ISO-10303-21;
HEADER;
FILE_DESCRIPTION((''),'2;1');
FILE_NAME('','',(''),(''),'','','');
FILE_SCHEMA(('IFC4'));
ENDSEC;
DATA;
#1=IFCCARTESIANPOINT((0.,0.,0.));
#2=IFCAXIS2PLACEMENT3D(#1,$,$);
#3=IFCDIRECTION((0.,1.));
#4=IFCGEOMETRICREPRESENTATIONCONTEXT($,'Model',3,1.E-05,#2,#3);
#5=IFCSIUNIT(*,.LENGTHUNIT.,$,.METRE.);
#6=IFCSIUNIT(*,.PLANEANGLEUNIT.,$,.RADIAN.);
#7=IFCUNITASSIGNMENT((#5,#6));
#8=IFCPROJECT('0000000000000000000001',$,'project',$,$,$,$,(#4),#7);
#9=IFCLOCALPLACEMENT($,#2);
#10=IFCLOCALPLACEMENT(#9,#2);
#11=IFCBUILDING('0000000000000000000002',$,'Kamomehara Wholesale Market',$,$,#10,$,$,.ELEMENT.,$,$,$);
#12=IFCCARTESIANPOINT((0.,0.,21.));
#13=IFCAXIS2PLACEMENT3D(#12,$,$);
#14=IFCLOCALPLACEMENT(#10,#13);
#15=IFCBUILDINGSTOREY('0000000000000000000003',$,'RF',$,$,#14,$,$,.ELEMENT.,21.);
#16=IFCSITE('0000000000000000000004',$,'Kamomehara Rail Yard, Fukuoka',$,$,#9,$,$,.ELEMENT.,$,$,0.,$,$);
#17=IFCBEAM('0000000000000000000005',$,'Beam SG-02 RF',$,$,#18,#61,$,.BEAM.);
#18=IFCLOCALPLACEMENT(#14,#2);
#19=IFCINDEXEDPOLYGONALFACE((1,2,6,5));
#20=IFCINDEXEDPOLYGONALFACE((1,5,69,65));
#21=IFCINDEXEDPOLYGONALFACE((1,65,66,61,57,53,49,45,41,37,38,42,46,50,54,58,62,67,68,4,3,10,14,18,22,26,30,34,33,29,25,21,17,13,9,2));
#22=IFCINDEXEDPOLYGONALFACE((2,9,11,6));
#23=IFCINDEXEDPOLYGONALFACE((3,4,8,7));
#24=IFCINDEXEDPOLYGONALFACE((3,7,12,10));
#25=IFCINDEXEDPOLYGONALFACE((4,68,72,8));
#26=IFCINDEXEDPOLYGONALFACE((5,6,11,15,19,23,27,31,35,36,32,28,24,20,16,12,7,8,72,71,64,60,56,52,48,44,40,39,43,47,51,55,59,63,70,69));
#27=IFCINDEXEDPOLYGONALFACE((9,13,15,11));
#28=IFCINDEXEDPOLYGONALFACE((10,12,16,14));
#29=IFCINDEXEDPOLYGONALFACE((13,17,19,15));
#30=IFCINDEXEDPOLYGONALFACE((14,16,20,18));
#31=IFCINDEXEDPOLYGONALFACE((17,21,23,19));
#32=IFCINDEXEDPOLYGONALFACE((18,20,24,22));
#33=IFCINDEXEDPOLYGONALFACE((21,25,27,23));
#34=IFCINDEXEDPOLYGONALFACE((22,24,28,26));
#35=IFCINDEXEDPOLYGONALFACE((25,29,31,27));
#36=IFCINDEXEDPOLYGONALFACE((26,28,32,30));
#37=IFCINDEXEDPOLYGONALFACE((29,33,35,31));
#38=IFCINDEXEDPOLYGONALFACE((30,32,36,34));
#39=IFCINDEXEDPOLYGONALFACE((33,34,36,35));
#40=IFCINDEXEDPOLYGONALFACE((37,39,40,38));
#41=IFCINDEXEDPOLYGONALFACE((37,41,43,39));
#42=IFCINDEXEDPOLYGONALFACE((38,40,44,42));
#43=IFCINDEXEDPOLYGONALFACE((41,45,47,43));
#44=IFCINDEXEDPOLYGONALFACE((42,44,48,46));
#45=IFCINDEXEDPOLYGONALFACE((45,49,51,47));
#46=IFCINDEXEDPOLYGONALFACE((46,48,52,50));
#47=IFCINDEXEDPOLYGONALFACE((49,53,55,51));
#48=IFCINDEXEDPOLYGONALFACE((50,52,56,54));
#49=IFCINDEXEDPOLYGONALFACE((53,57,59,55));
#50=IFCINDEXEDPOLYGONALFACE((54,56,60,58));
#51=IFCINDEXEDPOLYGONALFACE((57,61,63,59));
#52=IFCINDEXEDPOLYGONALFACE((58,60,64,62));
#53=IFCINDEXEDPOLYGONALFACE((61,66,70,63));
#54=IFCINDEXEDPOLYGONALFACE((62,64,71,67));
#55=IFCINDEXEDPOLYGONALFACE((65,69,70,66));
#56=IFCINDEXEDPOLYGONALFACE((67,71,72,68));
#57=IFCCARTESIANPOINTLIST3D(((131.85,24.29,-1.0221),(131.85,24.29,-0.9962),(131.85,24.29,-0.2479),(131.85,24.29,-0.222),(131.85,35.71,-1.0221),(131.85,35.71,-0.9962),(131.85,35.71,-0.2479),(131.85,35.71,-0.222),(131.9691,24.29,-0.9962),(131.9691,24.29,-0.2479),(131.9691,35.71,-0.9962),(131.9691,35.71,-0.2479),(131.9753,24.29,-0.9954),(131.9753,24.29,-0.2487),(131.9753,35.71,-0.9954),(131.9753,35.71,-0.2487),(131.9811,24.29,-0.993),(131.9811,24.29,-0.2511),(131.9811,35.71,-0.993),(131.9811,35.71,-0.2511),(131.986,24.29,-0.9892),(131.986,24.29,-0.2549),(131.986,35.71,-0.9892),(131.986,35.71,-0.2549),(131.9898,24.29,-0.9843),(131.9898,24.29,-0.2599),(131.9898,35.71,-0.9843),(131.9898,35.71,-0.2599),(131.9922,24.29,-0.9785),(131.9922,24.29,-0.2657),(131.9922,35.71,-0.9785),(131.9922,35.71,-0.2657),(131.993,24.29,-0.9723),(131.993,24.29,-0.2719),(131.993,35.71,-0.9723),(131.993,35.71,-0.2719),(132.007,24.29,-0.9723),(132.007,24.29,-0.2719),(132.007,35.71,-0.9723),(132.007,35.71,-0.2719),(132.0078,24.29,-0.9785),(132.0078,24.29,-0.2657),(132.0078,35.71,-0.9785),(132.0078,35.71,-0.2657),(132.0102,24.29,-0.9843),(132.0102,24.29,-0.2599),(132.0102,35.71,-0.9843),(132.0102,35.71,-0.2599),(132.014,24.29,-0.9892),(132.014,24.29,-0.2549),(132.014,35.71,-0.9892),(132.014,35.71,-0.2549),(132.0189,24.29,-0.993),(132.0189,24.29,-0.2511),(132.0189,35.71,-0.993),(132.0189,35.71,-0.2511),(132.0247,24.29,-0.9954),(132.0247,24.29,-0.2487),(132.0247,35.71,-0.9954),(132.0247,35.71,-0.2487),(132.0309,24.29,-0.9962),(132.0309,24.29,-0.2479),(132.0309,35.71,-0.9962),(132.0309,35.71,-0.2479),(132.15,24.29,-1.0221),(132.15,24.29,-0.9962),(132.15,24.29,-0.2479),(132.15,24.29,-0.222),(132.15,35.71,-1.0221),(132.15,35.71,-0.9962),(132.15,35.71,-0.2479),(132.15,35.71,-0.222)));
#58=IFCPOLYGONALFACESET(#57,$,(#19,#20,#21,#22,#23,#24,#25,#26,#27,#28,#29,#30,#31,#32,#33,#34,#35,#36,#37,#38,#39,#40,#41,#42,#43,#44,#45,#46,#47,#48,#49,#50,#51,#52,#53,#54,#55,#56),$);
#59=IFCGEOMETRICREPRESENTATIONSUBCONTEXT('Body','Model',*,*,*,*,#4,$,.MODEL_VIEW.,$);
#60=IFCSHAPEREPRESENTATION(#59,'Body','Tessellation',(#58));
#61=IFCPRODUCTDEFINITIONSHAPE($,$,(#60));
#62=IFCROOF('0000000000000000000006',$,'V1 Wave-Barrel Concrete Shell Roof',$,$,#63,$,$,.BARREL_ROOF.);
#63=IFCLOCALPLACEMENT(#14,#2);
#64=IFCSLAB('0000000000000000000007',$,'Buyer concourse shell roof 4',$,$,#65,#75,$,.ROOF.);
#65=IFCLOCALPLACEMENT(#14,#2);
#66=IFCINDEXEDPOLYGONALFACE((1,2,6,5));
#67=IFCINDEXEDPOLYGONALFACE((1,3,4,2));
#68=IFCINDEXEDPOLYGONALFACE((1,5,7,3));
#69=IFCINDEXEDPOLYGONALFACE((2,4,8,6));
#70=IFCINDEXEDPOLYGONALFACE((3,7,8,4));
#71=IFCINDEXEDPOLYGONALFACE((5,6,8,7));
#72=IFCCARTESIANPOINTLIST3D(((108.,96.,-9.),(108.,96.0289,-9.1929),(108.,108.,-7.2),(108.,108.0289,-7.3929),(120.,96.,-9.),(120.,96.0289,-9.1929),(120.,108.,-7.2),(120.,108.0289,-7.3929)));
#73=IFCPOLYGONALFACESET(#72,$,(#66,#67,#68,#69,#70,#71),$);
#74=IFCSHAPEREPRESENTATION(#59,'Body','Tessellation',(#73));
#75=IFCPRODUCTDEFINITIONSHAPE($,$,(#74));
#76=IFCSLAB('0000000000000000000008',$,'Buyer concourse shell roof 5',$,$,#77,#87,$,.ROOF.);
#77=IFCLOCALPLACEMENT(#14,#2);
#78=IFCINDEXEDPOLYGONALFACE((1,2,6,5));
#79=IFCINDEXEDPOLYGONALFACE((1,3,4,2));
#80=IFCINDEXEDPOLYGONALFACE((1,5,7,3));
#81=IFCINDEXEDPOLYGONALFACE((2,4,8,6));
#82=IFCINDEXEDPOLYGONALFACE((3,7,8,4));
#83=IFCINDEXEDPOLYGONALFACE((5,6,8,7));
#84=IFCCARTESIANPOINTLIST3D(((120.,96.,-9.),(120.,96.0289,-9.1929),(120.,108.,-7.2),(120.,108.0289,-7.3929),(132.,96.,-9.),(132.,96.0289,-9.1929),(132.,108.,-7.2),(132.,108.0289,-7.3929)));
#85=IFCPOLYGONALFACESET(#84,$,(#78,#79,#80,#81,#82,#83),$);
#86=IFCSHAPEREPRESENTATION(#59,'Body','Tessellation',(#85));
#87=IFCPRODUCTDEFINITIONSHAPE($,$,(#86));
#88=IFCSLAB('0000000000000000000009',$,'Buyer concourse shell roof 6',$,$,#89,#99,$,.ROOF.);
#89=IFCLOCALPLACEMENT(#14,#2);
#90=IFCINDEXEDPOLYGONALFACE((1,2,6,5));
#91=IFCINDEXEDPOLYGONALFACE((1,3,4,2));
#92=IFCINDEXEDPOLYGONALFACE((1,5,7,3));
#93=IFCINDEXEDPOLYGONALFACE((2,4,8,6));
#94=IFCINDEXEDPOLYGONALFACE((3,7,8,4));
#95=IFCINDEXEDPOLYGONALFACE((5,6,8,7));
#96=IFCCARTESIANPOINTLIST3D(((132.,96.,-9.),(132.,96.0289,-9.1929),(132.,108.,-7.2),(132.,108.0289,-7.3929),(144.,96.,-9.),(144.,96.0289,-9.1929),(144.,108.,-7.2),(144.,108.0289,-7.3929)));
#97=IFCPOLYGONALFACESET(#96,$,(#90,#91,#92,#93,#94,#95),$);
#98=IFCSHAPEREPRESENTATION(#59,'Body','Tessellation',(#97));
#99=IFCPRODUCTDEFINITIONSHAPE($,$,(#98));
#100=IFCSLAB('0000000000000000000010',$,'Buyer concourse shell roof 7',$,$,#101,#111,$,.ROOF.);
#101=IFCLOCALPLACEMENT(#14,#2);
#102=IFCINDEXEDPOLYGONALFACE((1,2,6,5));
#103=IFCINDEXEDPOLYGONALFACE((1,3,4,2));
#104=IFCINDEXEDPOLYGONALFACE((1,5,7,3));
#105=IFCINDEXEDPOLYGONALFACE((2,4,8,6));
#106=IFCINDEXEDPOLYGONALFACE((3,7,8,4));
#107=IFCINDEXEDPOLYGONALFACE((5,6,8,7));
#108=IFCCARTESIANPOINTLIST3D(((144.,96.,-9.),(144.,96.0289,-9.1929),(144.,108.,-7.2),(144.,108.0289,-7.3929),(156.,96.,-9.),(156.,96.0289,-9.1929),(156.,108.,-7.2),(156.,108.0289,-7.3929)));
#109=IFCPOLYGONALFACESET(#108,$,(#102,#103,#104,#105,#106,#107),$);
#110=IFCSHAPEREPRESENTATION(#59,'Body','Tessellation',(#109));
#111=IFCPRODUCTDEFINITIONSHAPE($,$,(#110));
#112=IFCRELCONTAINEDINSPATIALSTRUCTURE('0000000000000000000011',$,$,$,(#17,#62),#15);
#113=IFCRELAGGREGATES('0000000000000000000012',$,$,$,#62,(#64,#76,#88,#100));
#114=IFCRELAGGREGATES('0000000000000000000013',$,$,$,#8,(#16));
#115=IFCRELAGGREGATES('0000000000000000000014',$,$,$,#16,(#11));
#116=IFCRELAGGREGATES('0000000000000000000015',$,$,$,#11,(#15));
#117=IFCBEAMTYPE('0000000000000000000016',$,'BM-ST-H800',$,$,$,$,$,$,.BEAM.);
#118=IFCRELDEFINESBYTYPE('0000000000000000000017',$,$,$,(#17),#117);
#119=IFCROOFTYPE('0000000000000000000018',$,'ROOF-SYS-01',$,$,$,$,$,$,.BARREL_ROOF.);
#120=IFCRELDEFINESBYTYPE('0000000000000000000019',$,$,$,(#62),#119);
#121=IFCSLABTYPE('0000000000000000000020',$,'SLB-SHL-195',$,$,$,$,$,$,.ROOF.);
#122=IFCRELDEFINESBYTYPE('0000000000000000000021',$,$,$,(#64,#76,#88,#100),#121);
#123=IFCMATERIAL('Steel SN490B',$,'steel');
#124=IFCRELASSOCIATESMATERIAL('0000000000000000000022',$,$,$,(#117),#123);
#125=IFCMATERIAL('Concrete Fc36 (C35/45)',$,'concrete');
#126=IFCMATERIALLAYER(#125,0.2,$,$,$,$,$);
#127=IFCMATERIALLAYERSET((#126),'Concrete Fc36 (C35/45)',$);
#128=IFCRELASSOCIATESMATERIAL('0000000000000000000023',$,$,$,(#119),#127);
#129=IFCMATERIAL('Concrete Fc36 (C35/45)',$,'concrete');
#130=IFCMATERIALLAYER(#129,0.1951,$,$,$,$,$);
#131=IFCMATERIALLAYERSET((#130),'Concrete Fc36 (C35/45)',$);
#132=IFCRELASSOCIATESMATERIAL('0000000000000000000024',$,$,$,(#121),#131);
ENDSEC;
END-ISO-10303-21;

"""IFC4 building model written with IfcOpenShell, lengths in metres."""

from ifc_helpers import new_model, si_unit, direction, frame, origin, origin_2d, place, context, subcontext, project, spatial, polyline, i_section, outline, extrude, material, layer, layer_set, material_profile, profile_set, type_object, element, aggregate, save


model = new_model("IFC4")

# Units and contexts
model_context = context("Model", 3, precision=1e-05, world=origin(), true_north=direction((0.0, 1.0)))
body_context = subcontext(model_context, "Body", "Model", "MODEL_VIEW")
ifc_project = project(units=[si_unit("LENGTHUNIT", "METRE"), si_unit("PLANEANGLEUNIT", "RADIAN")], contexts=[model_context])

# Site, building, storey
site_placement = place(None, origin())
site = spatial("IfcSite", under=ifc_project, at=site_placement, Name="Kamomehara Rail Yard, Fukuoka", CompositionType="ELEMENT", RefElevation=0.0)
building_placement = place(site_placement, origin())
building = spatial("IfcBuilding", under=site, at=building_placement, Name="Kamomehara Wholesale Market", CompositionType="ELEMENT")
storey_placement = place(building_placement, frame((0.0, 0.0, 21.0)))
storey = spatial("IfcBuildingStorey", under=building, at=storey_placement, Name="RF", CompositionType="ELEMENT", Elevation=21.0)

# Beam
ifc_material_1 = material(Name="Steel SN490B", Category="steel")
ifc_material_profile_1 = material_profile(ifc_material_1, i_section(OverallWidth=0.3, OverallDepth=0.8, WebThickness=0.0139, FlangeThickness=0.0259, FilletRadius=0.0239, at=origin_2d()), Name="H-800x300x14x26")
ifc_profile_set_1 = profile_set([ifc_material_profile_1], Name="Steel SN490B")
beam_type_1 = type_object("IfcBeamType", Name="BM-ST-H800", PredefinedType="BEAM", material=ifc_profile_set_1)
beam_1_placement = place(storey_placement, frame((132.0, 24.29, -0.6221), z_axis=(0.0, 1.0, 0.0), x_axis=(-1.0, 0.0, 0.0)))
element("IfcBeam", 1, at=beam_1_placement, inside=storey, type_object=beam_type_1, Name="Beam SG-02 RF", PredefinedType="BEAM", context=body_context, shape_type="SweptSolid", body=[
    extrude(i_section(OverallWidth=0.3, OverallDepth=0.8, WebThickness=0.0139, FlangeThickness=0.0259, FilletRadius=0.0239, at=origin_2d()), origin(), (0.0, 0.0, 1.0), 11.4199),
])

# Roof, slabs
ifc_material_2 = material(Name="Concrete Fc36 (C35/45)", Category="concrete")
ifc_layer_1 = layer(ifc_material_2, 0.2)
ifc_layer_set_1 = layer_set([ifc_layer_1], Name="Concrete Fc36 (C35/45)")
roof_type = type_object("IfcRoofType", Name="ROOF-SYS-01", PredefinedType="BARREL_ROOF", material=ifc_layer_set_1)
roof_placement = place(storey_placement, origin())
roof = element("IfcRoof", 2, at=roof_placement, inside=storey, type_object=roof_type, Name="V1 Wave-Barrel Concrete Shell Roof", PredefinedType="BARREL_ROOF")
ifc_material_3 = material(Name="Concrete Fc36 (C35/45)", Category="concrete")
ifc_layer_2 = layer(ifc_material_3, 0.1951)
ifc_layer_set_2 = layer_set([ifc_layer_2], Name="Concrete Fc36 (C35/45)")
slab_type = type_object("IfcSlabType", Name="SLB-SHL-195", PredefinedType="ROOF", material=ifc_layer_set_2)
slab_1_placement = place(storey_placement, frame((108.0, 96.0, -9.0), z_axis=(0.0, -0.148344, 0.988936), x_axis=(1.0, 0.0, 0.0)))
slab_1 = element("IfcSlab", 3, at=slab_1_placement, type_object=slab_type, Name="Buyer concourse shell roof 4", PredefinedType="ROOF", context=body_context, shape_type="SweptSolid", body=[
    extrude(outline(polyline([(0.0, 0.0), (12.0, 0.0), (12.0, 12.1343), (0.0, 12.1343), (0.0, 0.0)])), origin(), (0.0, 0.0, -1.0), 0.1951),
])
slab_2_placement = place(storey_placement, frame((120.0, 96.0, -9.0), z_axis=(0.0, -0.148344, 0.988936), x_axis=(1.0, 0.0, 0.0)))
slab_2 = element("IfcSlab", 4, at=slab_2_placement, type_object=slab_type, Name="Buyer concourse shell roof 5", PredefinedType="ROOF", context=body_context, shape_type="SweptSolid", body=[
    extrude(outline(polyline([(0.0, 0.0), (12.0, 0.0), (12.0, 12.1343), (0.0, 12.1343), (0.0, 0.0)])), origin(), (0.0, 0.0, -1.0), 0.1951),
])
slab_3_placement = place(storey_placement, frame((132.0, 96.0, -9.0), z_axis=(0.0, -0.148344, 0.988936), x_axis=(1.0, 0.0, 0.0)))
slab_3 = element("IfcSlab", 5, at=slab_3_placement, type_object=slab_type, Name="Buyer concourse shell roof 6", PredefinedType="ROOF", context=body_context, shape_type="SweptSolid", body=[
    extrude(outline(polyline([(0.0, 0.0), (12.0, 0.0), (12.0, 12.1343), (0.0, 12.1343), (0.0, 0.0)])), origin(), (0.0, 0.0, -1.0), 0.1951),
])
slab_4_placement = place(storey_placement, frame((144.0, 96.0, -9.0), z_axis=(0.0, -0.148344, 0.988936), x_axis=(1.0, 0.0, 0.0)))
slab_4 = element("IfcSlab", 6, at=slab_4_placement, type_object=slab_type, Name="Buyer concourse shell roof 7", PredefinedType="ROOF", context=body_context, shape_type="SweptSolid", body=[
    extrude(outline(polyline([(0.0, 0.0), (12.0, 0.0), (12.0, 12.1343), (0.0, 12.1343), (0.0, 0.0)])), origin(), (0.0, 0.0, -1.0), 0.1951),
])
aggregate(roof, [slab_1, slab_2, slab_3, slab_4])

save(model, "model.ifc")
